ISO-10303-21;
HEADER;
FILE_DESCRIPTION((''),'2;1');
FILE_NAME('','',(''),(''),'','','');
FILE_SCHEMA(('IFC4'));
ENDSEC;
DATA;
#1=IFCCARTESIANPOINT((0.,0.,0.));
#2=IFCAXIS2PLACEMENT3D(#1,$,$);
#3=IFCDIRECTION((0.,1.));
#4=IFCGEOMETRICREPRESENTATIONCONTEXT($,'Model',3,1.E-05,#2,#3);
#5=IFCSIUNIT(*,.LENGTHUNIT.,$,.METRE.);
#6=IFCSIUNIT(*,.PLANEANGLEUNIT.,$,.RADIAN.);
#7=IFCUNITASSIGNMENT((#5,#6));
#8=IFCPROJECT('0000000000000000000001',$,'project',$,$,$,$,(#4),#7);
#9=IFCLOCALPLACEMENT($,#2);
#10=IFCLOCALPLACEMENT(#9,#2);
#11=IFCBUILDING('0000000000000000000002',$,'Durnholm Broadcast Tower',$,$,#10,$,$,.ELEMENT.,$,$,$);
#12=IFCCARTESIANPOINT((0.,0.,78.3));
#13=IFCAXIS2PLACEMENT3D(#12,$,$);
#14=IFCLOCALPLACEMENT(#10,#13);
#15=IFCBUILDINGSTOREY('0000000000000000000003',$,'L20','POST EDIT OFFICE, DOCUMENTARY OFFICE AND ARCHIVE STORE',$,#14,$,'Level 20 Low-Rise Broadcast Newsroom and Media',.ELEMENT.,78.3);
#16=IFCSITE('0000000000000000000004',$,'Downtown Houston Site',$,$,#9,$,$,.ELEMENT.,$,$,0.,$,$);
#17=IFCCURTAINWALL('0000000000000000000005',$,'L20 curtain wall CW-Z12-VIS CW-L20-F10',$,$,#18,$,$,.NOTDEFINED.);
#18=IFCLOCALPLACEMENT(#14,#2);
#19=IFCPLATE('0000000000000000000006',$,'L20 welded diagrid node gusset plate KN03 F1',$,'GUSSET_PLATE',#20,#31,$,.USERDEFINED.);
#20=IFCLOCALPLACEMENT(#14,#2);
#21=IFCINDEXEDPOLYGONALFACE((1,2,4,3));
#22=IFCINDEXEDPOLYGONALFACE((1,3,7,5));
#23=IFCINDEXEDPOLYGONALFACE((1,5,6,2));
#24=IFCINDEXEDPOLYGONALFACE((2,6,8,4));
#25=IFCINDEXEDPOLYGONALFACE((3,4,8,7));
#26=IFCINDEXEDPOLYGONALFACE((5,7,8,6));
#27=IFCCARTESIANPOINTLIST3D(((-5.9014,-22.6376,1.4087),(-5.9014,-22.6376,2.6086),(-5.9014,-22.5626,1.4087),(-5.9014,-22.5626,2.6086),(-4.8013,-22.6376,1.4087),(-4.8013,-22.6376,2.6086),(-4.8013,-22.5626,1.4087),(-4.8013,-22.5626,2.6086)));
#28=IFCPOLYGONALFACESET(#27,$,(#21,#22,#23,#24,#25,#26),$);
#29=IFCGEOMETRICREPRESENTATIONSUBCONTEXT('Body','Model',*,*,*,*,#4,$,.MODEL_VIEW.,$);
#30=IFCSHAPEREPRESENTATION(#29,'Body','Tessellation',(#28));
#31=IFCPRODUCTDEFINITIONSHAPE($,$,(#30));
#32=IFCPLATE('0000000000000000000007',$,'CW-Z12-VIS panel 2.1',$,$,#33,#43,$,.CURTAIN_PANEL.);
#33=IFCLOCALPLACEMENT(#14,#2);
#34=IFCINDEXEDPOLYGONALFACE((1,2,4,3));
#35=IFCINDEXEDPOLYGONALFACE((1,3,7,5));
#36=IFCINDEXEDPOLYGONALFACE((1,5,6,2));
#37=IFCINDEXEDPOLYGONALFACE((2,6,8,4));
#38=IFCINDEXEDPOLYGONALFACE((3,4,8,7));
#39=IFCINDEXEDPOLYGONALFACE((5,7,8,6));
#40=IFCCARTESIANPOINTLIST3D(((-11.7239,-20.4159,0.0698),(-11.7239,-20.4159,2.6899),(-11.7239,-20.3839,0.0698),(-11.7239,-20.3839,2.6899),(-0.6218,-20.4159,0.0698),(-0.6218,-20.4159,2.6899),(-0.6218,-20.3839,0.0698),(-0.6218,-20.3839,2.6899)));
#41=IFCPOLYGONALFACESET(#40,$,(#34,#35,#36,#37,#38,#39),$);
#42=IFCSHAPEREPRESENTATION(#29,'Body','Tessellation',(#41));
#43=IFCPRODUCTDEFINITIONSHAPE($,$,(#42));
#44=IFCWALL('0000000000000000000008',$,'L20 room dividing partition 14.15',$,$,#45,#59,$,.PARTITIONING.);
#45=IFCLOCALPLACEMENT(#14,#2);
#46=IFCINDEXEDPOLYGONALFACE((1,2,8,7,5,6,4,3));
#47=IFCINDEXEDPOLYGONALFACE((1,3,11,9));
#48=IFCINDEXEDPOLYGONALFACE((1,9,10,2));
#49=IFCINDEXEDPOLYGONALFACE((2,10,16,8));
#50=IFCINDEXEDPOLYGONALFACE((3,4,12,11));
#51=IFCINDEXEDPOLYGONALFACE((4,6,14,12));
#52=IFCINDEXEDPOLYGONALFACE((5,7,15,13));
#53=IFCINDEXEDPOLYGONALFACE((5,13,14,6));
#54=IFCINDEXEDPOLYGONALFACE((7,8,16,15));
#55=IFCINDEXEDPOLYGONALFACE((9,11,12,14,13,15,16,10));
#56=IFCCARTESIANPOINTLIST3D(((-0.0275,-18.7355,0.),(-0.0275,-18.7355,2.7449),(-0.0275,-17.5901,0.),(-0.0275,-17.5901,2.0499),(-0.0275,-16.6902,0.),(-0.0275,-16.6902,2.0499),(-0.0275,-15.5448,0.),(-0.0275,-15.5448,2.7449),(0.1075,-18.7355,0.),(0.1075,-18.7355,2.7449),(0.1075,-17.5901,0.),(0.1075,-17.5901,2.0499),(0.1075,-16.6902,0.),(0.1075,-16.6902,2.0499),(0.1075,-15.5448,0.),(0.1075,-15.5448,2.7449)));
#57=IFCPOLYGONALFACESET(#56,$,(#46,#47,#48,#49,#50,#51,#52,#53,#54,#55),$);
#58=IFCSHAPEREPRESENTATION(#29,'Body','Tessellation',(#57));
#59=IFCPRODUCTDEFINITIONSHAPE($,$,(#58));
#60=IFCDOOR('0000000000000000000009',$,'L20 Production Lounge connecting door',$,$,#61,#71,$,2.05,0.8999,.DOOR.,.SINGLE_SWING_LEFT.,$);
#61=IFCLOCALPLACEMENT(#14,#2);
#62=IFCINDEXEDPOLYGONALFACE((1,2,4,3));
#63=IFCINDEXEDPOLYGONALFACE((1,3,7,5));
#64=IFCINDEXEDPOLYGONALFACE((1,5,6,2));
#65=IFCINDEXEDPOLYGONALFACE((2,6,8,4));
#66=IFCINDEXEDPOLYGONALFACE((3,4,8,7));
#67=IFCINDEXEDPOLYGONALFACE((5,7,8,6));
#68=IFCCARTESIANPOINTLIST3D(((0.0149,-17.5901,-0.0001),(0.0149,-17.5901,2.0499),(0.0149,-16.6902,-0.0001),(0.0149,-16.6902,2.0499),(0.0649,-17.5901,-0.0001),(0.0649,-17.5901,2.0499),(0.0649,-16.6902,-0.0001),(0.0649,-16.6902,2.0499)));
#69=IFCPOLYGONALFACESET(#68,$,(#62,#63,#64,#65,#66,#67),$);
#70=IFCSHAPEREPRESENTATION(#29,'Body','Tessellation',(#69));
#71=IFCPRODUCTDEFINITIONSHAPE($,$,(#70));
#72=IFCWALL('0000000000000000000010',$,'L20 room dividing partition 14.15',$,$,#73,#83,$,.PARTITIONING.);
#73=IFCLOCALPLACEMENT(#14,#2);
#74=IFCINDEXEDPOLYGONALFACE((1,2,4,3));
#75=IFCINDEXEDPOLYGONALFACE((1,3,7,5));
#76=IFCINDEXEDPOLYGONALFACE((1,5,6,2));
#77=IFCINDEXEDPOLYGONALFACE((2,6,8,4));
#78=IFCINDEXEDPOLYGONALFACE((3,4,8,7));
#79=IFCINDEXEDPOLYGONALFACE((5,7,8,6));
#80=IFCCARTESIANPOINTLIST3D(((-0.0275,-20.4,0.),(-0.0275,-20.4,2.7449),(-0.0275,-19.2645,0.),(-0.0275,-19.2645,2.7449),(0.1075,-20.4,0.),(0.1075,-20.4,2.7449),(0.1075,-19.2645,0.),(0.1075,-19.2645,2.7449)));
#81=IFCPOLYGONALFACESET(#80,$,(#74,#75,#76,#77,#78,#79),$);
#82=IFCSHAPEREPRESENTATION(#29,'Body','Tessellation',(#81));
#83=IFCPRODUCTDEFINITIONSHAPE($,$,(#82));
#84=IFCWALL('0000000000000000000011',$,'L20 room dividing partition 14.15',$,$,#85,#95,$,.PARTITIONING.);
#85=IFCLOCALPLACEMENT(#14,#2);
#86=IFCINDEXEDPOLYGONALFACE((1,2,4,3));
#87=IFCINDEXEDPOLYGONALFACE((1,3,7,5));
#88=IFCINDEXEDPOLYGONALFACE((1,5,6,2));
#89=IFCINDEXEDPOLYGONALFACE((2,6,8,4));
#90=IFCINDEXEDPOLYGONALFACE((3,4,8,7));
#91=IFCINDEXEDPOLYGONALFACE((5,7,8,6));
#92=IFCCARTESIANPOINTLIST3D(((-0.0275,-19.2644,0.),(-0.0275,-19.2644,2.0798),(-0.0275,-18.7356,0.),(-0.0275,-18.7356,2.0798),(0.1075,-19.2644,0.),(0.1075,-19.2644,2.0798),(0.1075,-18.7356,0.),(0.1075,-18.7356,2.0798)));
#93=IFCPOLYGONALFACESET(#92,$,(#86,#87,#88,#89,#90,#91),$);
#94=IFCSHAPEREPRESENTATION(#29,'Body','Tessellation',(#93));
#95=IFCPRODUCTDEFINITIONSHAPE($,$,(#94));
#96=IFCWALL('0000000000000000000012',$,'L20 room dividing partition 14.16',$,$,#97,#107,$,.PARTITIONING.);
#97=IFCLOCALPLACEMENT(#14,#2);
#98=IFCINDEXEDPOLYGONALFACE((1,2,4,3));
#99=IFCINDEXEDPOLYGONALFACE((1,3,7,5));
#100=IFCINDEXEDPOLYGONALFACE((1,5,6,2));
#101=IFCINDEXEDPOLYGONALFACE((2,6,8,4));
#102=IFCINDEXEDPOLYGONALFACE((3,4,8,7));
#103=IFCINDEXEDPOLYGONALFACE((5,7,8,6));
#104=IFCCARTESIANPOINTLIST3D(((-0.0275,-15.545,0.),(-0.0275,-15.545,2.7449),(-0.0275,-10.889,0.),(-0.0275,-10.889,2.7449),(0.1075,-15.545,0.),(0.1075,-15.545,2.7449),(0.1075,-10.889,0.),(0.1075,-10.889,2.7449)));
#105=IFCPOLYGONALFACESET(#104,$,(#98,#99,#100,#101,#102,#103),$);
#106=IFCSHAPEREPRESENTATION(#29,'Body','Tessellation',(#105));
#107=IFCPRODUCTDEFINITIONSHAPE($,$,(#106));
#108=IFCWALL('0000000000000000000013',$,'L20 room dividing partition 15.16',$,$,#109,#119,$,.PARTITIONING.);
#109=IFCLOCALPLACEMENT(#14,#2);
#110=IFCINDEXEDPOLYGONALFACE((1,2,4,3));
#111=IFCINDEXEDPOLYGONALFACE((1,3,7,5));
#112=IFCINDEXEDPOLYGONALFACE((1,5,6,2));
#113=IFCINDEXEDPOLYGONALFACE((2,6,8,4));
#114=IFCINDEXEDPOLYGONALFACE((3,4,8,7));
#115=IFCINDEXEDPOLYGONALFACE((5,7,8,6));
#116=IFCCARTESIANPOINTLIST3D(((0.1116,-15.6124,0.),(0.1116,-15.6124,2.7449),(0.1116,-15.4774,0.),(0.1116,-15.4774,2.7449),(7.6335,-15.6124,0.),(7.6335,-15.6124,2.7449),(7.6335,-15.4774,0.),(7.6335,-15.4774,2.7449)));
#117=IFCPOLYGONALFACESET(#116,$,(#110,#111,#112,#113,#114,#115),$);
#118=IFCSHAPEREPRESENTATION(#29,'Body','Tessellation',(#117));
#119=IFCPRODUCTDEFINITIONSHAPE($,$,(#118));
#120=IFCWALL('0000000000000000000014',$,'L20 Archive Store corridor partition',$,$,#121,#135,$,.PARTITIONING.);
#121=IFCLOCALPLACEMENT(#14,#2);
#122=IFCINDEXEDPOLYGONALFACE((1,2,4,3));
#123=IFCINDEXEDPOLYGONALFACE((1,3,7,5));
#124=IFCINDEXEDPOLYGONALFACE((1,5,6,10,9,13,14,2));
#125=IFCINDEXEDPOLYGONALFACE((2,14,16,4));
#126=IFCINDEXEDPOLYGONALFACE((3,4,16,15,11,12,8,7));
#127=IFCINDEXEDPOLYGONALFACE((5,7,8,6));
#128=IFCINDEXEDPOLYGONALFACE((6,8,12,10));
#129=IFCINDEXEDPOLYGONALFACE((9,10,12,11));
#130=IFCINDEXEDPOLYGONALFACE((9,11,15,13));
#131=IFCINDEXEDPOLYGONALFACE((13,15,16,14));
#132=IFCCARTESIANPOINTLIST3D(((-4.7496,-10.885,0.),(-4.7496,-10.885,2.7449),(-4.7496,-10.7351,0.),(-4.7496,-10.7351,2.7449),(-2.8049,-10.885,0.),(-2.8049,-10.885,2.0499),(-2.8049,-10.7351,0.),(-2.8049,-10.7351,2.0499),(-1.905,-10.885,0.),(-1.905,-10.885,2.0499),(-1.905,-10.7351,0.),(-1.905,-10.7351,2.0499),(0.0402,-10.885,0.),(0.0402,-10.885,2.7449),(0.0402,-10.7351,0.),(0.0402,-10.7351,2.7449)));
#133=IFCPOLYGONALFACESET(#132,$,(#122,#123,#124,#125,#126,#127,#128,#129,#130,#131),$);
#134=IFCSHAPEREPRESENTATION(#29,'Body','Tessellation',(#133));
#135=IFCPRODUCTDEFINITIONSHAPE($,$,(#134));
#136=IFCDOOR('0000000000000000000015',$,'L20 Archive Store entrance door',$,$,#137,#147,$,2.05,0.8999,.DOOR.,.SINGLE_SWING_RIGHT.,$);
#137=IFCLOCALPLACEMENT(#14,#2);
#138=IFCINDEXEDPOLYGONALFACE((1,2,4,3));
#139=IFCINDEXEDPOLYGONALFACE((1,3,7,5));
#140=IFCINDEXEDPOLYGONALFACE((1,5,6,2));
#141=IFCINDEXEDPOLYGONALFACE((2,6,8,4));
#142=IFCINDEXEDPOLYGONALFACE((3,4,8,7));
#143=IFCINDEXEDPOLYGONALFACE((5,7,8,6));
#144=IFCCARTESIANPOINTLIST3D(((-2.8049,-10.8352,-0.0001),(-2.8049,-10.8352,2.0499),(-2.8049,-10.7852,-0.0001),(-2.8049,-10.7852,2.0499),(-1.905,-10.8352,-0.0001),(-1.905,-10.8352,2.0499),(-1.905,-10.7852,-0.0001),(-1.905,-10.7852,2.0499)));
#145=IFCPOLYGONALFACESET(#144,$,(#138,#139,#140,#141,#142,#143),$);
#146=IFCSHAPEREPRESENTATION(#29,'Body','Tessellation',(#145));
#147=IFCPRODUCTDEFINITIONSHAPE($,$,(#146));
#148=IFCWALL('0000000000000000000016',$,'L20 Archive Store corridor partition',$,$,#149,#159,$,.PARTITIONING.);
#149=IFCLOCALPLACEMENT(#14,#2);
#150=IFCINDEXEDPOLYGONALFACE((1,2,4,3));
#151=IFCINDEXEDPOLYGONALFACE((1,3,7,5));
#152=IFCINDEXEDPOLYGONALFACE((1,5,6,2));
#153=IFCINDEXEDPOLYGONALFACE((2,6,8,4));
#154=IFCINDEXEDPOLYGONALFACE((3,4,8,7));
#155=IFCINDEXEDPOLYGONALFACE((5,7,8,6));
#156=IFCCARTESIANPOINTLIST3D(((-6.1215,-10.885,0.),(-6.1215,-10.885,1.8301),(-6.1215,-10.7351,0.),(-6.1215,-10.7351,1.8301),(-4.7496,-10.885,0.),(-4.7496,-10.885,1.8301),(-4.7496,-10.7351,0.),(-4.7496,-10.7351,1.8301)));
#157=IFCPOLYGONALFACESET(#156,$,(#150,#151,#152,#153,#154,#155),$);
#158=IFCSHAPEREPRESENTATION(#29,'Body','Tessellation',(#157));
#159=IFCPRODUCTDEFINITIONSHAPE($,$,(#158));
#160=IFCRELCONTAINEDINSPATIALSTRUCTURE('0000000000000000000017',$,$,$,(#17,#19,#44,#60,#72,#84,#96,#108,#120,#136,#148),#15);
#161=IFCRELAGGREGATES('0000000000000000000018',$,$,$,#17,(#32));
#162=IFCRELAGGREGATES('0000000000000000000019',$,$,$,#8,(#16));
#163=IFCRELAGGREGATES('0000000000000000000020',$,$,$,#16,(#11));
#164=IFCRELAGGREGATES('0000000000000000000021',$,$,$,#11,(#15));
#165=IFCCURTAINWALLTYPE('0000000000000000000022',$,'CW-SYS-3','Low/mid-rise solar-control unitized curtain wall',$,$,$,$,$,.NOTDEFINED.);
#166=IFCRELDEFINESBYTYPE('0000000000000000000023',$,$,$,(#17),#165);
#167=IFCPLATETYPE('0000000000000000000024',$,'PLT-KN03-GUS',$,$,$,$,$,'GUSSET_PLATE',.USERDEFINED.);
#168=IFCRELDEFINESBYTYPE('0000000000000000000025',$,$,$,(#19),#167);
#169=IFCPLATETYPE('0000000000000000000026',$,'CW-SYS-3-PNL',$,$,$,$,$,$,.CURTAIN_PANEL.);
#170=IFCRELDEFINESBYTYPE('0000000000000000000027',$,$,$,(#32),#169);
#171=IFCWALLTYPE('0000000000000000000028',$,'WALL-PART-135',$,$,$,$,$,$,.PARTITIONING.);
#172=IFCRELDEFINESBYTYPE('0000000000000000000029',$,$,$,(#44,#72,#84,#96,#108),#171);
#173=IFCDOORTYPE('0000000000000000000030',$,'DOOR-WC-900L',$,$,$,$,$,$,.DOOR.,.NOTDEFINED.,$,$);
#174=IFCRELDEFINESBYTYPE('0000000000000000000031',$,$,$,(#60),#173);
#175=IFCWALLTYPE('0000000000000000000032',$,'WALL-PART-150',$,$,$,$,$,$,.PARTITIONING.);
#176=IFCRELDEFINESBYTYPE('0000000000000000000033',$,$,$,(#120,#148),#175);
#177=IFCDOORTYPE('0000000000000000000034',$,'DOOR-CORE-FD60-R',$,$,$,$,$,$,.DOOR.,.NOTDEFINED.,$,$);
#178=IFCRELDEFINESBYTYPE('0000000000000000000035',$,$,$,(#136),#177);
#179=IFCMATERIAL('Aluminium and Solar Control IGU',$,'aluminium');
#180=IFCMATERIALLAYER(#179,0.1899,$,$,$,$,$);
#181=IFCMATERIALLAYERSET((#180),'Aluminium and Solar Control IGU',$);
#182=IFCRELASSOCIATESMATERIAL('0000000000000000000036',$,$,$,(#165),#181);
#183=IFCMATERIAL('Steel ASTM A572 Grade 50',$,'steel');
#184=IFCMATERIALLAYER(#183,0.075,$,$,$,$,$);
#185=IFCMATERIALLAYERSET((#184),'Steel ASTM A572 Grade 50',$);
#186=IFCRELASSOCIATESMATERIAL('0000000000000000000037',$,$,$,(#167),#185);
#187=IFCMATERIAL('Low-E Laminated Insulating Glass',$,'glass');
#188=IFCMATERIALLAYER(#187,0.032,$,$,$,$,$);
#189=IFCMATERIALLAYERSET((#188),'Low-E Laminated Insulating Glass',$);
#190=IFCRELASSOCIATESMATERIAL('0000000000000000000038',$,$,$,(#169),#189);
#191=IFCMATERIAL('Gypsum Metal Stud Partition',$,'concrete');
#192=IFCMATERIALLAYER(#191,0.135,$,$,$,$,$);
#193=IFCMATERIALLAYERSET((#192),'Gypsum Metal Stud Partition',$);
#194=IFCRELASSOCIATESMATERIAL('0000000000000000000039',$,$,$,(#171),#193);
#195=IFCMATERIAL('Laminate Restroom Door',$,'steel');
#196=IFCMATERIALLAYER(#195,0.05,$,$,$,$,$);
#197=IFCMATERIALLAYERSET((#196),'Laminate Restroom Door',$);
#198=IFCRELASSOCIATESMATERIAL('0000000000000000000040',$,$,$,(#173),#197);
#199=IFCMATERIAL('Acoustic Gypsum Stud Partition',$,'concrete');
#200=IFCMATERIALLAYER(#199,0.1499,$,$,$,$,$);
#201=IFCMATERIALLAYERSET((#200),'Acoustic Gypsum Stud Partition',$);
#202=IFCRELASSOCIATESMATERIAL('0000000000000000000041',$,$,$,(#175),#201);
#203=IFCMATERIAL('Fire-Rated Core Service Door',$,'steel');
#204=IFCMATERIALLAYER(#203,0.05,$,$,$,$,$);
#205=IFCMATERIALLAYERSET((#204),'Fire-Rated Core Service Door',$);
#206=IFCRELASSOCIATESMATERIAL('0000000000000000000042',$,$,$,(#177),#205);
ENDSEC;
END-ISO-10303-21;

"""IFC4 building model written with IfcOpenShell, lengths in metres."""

from ifc_helpers import new_model, si_unit, direction, frame, frame_2d, origin, origin_2d, place, context, subcontext, project, spatial, rectangle, extrude, source, transform, mapped, material, layer, layer_set, type_object, type_shapes, element, fill, aggregate, save


model = new_model("IFC4")

# Units and contexts
model_context = context("Model", 3, precision=1e-05, world=origin(), true_north=direction((0.0, 1.0)))
body_context = subcontext(model_context, "Body", "Model", "MODEL_VIEW")
ifc_project = project(units=[si_unit("LENGTHUNIT", "METRE"), si_unit("PLANEANGLEUNIT", "RADIAN")], contexts=[model_context])

# Site, building, storey
site_placement = place(None, origin())
site = spatial("IfcSite", under=ifc_project, at=site_placement, Name="Downtown Houston Site", CompositionType="ELEMENT", RefElevation=0.0)
building_placement = place(site_placement, origin())
building = spatial("IfcBuilding", under=site, at=building_placement, Name="Durnholm Broadcast Tower", CompositionType="ELEMENT")
storey_placement = place(building_placement, frame((0.0, 0.0, 78.3)))
storey = spatial("IfcBuildingStorey", under=building, at=storey_placement, Name="L20", Description="POST EDIT OFFICE, DOCUMENTARY OFFICE AND ARCHIVE STORE", LongName="Level 20 Low-Rise Broadcast Newsroom and Media", CompositionType="ELEMENT", Elevation=78.3)

# Curtain wall
ifc_material_1 = material(Name="Aluminium and Solar Control IGU", Category="aluminium")
ifc_layer_1 = layer(ifc_material_1, 0.1899)
ifc_layer_set_1 = layer_set([ifc_layer_1], Name="Aluminium and Solar Control IGU")
curtain_wall_type_1 = type_object("IfcCurtainWallType", Name="CW-SYS-3", Description="Low/mid-rise solar-control unitized curtain wall", PredefinedType="NOTDEFINED", material=ifc_layer_set_1)
curtain_wall_1_placement = place(storey_placement, origin())
curtain_wall_1 = element("IfcCurtainWall", 1, at=curtain_wall_1_placement, inside=storey, type_object=curtain_wall_type_1, Name="L20 curtain wall CW-Z12-VIS CW-L20-F10", PredefinedType="NOTDEFINED")

# Plate
ifc_material_2 = material(Name="Steel ASTM A572 Grade 50", Category="steel")
ifc_layer_2 = layer(ifc_material_2, 0.075)
ifc_layer_set_2 = layer_set([ifc_layer_2], Name="Steel ASTM A572 Grade 50")
plate_type_1 = type_object("IfcPlateType", Name="PLT-KN03-GUS", ElementType="GUSSET_PLATE", PredefinedType="USERDEFINED", material=ifc_layer_set_2)
shared_shape_1 = source(origin(), body_context, "Body", "SweptSolid", [
    extrude(rectangle(XDim=1.1001, YDim=0.075, at=origin_2d()), origin(), (0.0, 0.0, 1.0), 1.2),
])
type_shapes(plate_type_1, [shared_shape_1])
plate_1_placement = place(storey_placement, frame((-5.3513, -22.6001, 1.4087), z_axis=(0.0, 0.0, 1.0), x_axis=(1.0, 0.0, 0.0)))
element("IfcPlate", 2, at=plate_1_placement, inside=storey, type_object=plate_type_1, Name="L20 welded diagrid node gusset plate KN03 F1", ObjectType="GUSSET_PLATE", PredefinedType="USERDEFINED", context=body_context, shape_type="MappedRepresentation", body=[
    mapped(shared_shape_1, transform((0.0, 0.0, 0.0), x_axis=(1.0, 0.0, 0.0), y_axis=(0.0, 1.0, 0.0), z_axis=(0.0, 0.0, 1.0), scale=1.0)),
])

# Plate
ifc_material_3 = material(Name="Low-E Laminated Insulating Glass", Category="glass")
ifc_layer_3 = layer(ifc_material_3, 0.032)
ifc_layer_set_3 = layer_set([ifc_layer_3], Name="Low-E Laminated Insulating Glass")
plate_type_2 = type_object("IfcPlateType", Name="CW-SYS-3-PNL", PredefinedType="CURTAIN_PANEL", material=ifc_layer_set_3)
shared_shape_2 = source(origin(), body_context, "Body", "SweptSolid", [
    extrude(rectangle(XDim=11.1021, YDim=0.032, at=origin_2d()), origin(), (0.0, 0.0, 1.0), 2.6201),
])
type_shapes(plate_type_2, [shared_shape_2])
plate_2_placement = place(storey_placement, frame((-6.1729, -20.3999, 0.0698), z_axis=(0.0, 0.0, 1.0), x_axis=(-1.0, 0.0, 0.0)))
plate_2 = element("IfcPlate", 3, at=plate_2_placement, type_object=plate_type_2, Name="CW-Z12-VIS panel 2.1", PredefinedType="CURTAIN_PANEL", context=body_context, shape_type="MappedRepresentation", body=[
    mapped(shared_shape_2, transform((0.0, 0.0, 0.0), x_axis=(1.0, 0.0, 0.0), y_axis=(0.0, 1.0, 0.0), z_axis=(0.0, 0.0, 1.0), scale=1.0)),
])
aggregate(curtain_wall_1, [plate_2])

# Wall, opening, door
ifc_material_4 = material(Name="Gypsum Metal Stud Partition", Category="concrete")
ifc_layer_4 = layer(ifc_material_4, 0.135)
ifc_layer_set_4 = layer_set([ifc_layer_4], Name="Gypsum Metal Stud Partition")
wall_type_1 = type_object("IfcWallType", Name="WALL-PART-135", PredefinedType="PARTITIONING", material=ifc_layer_set_4)
wall_1_placement = place(storey_placement, frame((0.04, -15.5449, 0.0), z_axis=(0.0, 0.0, 1.0), x_axis=(0.0, -1.0, 0.0)))
wall_1 = element("IfcWall", 4, at=wall_1_placement, inside=storey, type_object=wall_type_1, Name="L20 room dividing partition 14.15", PredefinedType="PARTITIONING", context=body_context, shape_type="SweptSolid", body=[
    extrude(rectangle(XDim=3.1907, YDim=0.135, at=frame_2d((1.5952, 0.0))), origin(), (0.0, 0.0, 1.0), 2.7449),
])
opening_1_placement = place(wall_1_placement, frame((1.1453, 0.0, 0.0)))
opening_1 = element("IfcOpeningElement", 5, at=opening_1_placement, cuts=wall_1, PredefinedType="OPENING", context=body_context, shape_type="SweptSolid", body=[
    extrude(rectangle(XDim=0.8999, YDim=2.05, at=frame_2d((0.45, 1.0249))), frame((0.0, 0.0776, 0.0), z_axis=(0.0, -1.0, 0.0), x_axis=(1.0, 0.0, 0.0)), (0.0, 0.0, 1.0), 0.155),
])
ifc_material_5 = material(Name="Laminate Restroom Door", Category="steel")
ifc_layer_5 = layer(ifc_material_5, 0.05)
ifc_layer_set_5 = layer_set([ifc_layer_5], Name="Laminate Restroom Door")
door_type_1 = type_object("IfcDoorType", Name="DOOR-WC-900L", OperationType="NOTDEFINED", PredefinedType="DOOR", material=ifc_layer_set_5)
shared_shape_3 = source(origin(), body_context, "Body", "SweptSolid", [
    extrude(rectangle(XDim=0.8999, YDim=2.05, at=frame_2d((0.45, 1.0249))), frame((0.0, 0.0249, 0.0), z_axis=(0.0, -1.0, 0.0), x_axis=(1.0, 0.0, 0.0)), (0.0, 0.0, 1.0), 0.05),
])
type_shapes(door_type_1, [shared_shape_3])
door_1_placement = place(opening_1_placement, origin())
door_1 = element("IfcDoor", 6, at=door_1_placement, inside=storey, type_object=door_type_1, Name="L20 Production Lounge connecting door", OperationType="SINGLE_SWING_LEFT", OverallHeight=2.05, OverallWidth=0.8999, PredefinedType="DOOR", context=body_context, shape_type="MappedRepresentation", body=[
    mapped(shared_shape_3, transform((0.0, 0.0, 0.0), x_axis=(1.0, 0.0, 0.0), y_axis=(0.0, 1.0, 0.0), z_axis=(0.0, 0.0, 1.0), scale=1.0)),
])
fill(opening_1, door_1)

# Walls
wall_2_placement = place(storey_placement, frame((0.04, -19.2644, 0.0), z_axis=(0.0, 0.0, 1.0), x_axis=(0.0, -1.0, 0.0)))
element("IfcWall", 7, at=wall_2_placement, inside=storey, type_object=wall_type_1, Name="L20 room dividing partition 14.15", PredefinedType="PARTITIONING", context=body_context, shape_type="SweptSolid", body=[
    extrude(rectangle(XDim=1.1355, YDim=0.135, at=frame_2d((0.5679, 0.0))), origin(), (0.0, 0.0, 1.0), 2.7449),
])
wall_3_placement = place(storey_placement, frame((0.04, -18.7356, 0.0), z_axis=(0.0, 0.0, 1.0), x_axis=(0.0, -1.0, 0.0)))
element("IfcWall", 8, at=wall_3_placement, inside=storey, type_object=wall_type_1, Name="L20 room dividing partition 14.15", PredefinedType="PARTITIONING", context=body_context, shape_type="SweptSolid", body=[
    extrude(rectangle(XDim=0.5288, YDim=0.135, at=frame_2d((0.2644, 0.0))), origin(), (0.0, 0.0, 1.0), 2.0798),
])
wall_4_placement = place(storey_placement, frame((0.04, -10.8889, 0.0), z_axis=(0.0, 0.0, 1.0), x_axis=(0.0, -1.0, 0.0)))
element("IfcWall", 9, at=wall_4_placement, inside=storey, type_object=wall_type_1, Name="L20 room dividing partition 14.16", PredefinedType="PARTITIONING", context=body_context, shape_type="SweptSolid", body=[
    extrude(rectangle(XDim=4.656, YDim=0.135, at=frame_2d((2.3281, 0.0))), origin(), (0.0, 0.0, 1.0), 2.7449),
])
wall_5_placement = place(storey_placement, frame((0.1116, -15.5449, 0.0), z_axis=(0.0, 0.0, 1.0), x_axis=(1.0, 0.0, 0.0)))
element("IfcWall", 10, at=wall_5_placement, inside=storey, type_object=wall_type_1, Name="L20 room dividing partition 15.16", PredefinedType="PARTITIONING", context=body_context, shape_type="SweptSolid", body=[
    extrude(rectangle(XDim=7.522, YDim=0.135, at=frame_2d((3.761, 0.0))), origin(), (0.0, 0.0, 1.0), 2.7449),
])

# Wall, opening, door
ifc_material_6 = material(Name="Acoustic Gypsum Stud Partition", Category="concrete")
ifc_layer_6 = layer(ifc_material_6, 0.1499)
ifc_layer_set_6 = layer_set([ifc_layer_6], Name="Acoustic Gypsum Stud Partition")
wall_type_2 = type_object("IfcWallType", Name="WALL-PART-150", PredefinedType="PARTITIONING", material=ifc_layer_set_6)
wall_6_placement = place(storey_placement, frame((-4.7498, -10.8101, 0.0), z_axis=(0.0, 0.0, 1.0), x_axis=(1.0, 0.0, 0.0)))
wall_6 = element("IfcWall", 11, at=wall_6_placement, inside=storey, type_object=wall_type_2, Name="L20 Archive Store corridor partition", PredefinedType="PARTITIONING", context=body_context, shape_type="SweptSolid", body=[
    extrude(rectangle(XDim=4.7898, YDim=0.1499, at=frame_2d((2.395, 0.0))), origin(), (0.0, 0.0, 1.0), 2.7449),
])
opening_2_placement = place(wall_6_placement, frame((1.9448, 0.0, 0.0)))
opening_2 = element("IfcOpeningElement", 12, at=opening_2_placement, cuts=wall_6, PredefinedType="OPENING", context=body_context, shape_type="SweptSolid", body=[
    extrude(rectangle(XDim=0.8999, YDim=2.05, at=frame_2d((0.45, 1.0249))), frame((0.0, 0.085, 0.0), z_axis=(0.0, -1.0, 0.0), x_axis=(1.0, 0.0, 0.0)), (0.0, 0.0, 1.0), 0.1699),
])
ifc_material_7 = material(Name="Fire-Rated Core Service Door", Category="steel")
ifc_layer_7 = layer(ifc_material_7, 0.05)
ifc_layer_set_7 = layer_set([ifc_layer_7], Name="Fire-Rated Core Service Door")
door_type_2 = type_object("IfcDoorType", Name="DOOR-CORE-FD60-R", OperationType="NOTDEFINED", PredefinedType="DOOR", material=ifc_layer_set_7)
shared_shape_4 = source(origin(), body_context, "Body", "SweptSolid", [
    extrude(rectangle(XDim=0.8999, YDim=2.05, at=frame_2d((0.45, 1.0249))), frame((0.0, 0.0249, 0.0), z_axis=(0.0, -1.0, 0.0), x_axis=(1.0, 0.0, 0.0)), (0.0, 0.0, 1.0), 0.05),
])
type_shapes(door_type_2, [shared_shape_4])
door_2_placement = place(opening_2_placement, origin())
door_2 = element("IfcDoor", 13, at=door_2_placement, inside=storey, type_object=door_type_2, Name="L20 Archive Store entrance door", OperationType="SINGLE_SWING_RIGHT", OverallHeight=2.05, OverallWidth=0.8999, PredefinedType="DOOR", context=body_context, shape_type="MappedRepresentation", body=[
    mapped(shared_shape_4, transform((0.0, 0.0, 0.0), x_axis=(1.0, 0.0, 0.0), y_axis=(0.0, 1.0, 0.0), z_axis=(0.0, 0.0, 1.0), scale=1.0)),
])
fill(opening_2, door_2)

# Wall
wall_7_placement = place(storey_placement, frame((-6.1216, -10.8101, 0.0), z_axis=(0.0, 0.0, 1.0), x_axis=(1.0, 0.0, 0.0)))
element("IfcWall", 14, at=wall_7_placement, inside=storey, type_object=wall_type_2, Name="L20 Archive Store corridor partition", PredefinedType="PARTITIONING", context=body_context, shape_type="SweptSolid", body=[
    extrude(rectangle(XDim=1.3718, YDim=0.1499, at=frame_2d((0.686, 0.0))), origin(), (0.0, 0.0, 1.0), 1.8301),
])

save(model, "model.ifc")
